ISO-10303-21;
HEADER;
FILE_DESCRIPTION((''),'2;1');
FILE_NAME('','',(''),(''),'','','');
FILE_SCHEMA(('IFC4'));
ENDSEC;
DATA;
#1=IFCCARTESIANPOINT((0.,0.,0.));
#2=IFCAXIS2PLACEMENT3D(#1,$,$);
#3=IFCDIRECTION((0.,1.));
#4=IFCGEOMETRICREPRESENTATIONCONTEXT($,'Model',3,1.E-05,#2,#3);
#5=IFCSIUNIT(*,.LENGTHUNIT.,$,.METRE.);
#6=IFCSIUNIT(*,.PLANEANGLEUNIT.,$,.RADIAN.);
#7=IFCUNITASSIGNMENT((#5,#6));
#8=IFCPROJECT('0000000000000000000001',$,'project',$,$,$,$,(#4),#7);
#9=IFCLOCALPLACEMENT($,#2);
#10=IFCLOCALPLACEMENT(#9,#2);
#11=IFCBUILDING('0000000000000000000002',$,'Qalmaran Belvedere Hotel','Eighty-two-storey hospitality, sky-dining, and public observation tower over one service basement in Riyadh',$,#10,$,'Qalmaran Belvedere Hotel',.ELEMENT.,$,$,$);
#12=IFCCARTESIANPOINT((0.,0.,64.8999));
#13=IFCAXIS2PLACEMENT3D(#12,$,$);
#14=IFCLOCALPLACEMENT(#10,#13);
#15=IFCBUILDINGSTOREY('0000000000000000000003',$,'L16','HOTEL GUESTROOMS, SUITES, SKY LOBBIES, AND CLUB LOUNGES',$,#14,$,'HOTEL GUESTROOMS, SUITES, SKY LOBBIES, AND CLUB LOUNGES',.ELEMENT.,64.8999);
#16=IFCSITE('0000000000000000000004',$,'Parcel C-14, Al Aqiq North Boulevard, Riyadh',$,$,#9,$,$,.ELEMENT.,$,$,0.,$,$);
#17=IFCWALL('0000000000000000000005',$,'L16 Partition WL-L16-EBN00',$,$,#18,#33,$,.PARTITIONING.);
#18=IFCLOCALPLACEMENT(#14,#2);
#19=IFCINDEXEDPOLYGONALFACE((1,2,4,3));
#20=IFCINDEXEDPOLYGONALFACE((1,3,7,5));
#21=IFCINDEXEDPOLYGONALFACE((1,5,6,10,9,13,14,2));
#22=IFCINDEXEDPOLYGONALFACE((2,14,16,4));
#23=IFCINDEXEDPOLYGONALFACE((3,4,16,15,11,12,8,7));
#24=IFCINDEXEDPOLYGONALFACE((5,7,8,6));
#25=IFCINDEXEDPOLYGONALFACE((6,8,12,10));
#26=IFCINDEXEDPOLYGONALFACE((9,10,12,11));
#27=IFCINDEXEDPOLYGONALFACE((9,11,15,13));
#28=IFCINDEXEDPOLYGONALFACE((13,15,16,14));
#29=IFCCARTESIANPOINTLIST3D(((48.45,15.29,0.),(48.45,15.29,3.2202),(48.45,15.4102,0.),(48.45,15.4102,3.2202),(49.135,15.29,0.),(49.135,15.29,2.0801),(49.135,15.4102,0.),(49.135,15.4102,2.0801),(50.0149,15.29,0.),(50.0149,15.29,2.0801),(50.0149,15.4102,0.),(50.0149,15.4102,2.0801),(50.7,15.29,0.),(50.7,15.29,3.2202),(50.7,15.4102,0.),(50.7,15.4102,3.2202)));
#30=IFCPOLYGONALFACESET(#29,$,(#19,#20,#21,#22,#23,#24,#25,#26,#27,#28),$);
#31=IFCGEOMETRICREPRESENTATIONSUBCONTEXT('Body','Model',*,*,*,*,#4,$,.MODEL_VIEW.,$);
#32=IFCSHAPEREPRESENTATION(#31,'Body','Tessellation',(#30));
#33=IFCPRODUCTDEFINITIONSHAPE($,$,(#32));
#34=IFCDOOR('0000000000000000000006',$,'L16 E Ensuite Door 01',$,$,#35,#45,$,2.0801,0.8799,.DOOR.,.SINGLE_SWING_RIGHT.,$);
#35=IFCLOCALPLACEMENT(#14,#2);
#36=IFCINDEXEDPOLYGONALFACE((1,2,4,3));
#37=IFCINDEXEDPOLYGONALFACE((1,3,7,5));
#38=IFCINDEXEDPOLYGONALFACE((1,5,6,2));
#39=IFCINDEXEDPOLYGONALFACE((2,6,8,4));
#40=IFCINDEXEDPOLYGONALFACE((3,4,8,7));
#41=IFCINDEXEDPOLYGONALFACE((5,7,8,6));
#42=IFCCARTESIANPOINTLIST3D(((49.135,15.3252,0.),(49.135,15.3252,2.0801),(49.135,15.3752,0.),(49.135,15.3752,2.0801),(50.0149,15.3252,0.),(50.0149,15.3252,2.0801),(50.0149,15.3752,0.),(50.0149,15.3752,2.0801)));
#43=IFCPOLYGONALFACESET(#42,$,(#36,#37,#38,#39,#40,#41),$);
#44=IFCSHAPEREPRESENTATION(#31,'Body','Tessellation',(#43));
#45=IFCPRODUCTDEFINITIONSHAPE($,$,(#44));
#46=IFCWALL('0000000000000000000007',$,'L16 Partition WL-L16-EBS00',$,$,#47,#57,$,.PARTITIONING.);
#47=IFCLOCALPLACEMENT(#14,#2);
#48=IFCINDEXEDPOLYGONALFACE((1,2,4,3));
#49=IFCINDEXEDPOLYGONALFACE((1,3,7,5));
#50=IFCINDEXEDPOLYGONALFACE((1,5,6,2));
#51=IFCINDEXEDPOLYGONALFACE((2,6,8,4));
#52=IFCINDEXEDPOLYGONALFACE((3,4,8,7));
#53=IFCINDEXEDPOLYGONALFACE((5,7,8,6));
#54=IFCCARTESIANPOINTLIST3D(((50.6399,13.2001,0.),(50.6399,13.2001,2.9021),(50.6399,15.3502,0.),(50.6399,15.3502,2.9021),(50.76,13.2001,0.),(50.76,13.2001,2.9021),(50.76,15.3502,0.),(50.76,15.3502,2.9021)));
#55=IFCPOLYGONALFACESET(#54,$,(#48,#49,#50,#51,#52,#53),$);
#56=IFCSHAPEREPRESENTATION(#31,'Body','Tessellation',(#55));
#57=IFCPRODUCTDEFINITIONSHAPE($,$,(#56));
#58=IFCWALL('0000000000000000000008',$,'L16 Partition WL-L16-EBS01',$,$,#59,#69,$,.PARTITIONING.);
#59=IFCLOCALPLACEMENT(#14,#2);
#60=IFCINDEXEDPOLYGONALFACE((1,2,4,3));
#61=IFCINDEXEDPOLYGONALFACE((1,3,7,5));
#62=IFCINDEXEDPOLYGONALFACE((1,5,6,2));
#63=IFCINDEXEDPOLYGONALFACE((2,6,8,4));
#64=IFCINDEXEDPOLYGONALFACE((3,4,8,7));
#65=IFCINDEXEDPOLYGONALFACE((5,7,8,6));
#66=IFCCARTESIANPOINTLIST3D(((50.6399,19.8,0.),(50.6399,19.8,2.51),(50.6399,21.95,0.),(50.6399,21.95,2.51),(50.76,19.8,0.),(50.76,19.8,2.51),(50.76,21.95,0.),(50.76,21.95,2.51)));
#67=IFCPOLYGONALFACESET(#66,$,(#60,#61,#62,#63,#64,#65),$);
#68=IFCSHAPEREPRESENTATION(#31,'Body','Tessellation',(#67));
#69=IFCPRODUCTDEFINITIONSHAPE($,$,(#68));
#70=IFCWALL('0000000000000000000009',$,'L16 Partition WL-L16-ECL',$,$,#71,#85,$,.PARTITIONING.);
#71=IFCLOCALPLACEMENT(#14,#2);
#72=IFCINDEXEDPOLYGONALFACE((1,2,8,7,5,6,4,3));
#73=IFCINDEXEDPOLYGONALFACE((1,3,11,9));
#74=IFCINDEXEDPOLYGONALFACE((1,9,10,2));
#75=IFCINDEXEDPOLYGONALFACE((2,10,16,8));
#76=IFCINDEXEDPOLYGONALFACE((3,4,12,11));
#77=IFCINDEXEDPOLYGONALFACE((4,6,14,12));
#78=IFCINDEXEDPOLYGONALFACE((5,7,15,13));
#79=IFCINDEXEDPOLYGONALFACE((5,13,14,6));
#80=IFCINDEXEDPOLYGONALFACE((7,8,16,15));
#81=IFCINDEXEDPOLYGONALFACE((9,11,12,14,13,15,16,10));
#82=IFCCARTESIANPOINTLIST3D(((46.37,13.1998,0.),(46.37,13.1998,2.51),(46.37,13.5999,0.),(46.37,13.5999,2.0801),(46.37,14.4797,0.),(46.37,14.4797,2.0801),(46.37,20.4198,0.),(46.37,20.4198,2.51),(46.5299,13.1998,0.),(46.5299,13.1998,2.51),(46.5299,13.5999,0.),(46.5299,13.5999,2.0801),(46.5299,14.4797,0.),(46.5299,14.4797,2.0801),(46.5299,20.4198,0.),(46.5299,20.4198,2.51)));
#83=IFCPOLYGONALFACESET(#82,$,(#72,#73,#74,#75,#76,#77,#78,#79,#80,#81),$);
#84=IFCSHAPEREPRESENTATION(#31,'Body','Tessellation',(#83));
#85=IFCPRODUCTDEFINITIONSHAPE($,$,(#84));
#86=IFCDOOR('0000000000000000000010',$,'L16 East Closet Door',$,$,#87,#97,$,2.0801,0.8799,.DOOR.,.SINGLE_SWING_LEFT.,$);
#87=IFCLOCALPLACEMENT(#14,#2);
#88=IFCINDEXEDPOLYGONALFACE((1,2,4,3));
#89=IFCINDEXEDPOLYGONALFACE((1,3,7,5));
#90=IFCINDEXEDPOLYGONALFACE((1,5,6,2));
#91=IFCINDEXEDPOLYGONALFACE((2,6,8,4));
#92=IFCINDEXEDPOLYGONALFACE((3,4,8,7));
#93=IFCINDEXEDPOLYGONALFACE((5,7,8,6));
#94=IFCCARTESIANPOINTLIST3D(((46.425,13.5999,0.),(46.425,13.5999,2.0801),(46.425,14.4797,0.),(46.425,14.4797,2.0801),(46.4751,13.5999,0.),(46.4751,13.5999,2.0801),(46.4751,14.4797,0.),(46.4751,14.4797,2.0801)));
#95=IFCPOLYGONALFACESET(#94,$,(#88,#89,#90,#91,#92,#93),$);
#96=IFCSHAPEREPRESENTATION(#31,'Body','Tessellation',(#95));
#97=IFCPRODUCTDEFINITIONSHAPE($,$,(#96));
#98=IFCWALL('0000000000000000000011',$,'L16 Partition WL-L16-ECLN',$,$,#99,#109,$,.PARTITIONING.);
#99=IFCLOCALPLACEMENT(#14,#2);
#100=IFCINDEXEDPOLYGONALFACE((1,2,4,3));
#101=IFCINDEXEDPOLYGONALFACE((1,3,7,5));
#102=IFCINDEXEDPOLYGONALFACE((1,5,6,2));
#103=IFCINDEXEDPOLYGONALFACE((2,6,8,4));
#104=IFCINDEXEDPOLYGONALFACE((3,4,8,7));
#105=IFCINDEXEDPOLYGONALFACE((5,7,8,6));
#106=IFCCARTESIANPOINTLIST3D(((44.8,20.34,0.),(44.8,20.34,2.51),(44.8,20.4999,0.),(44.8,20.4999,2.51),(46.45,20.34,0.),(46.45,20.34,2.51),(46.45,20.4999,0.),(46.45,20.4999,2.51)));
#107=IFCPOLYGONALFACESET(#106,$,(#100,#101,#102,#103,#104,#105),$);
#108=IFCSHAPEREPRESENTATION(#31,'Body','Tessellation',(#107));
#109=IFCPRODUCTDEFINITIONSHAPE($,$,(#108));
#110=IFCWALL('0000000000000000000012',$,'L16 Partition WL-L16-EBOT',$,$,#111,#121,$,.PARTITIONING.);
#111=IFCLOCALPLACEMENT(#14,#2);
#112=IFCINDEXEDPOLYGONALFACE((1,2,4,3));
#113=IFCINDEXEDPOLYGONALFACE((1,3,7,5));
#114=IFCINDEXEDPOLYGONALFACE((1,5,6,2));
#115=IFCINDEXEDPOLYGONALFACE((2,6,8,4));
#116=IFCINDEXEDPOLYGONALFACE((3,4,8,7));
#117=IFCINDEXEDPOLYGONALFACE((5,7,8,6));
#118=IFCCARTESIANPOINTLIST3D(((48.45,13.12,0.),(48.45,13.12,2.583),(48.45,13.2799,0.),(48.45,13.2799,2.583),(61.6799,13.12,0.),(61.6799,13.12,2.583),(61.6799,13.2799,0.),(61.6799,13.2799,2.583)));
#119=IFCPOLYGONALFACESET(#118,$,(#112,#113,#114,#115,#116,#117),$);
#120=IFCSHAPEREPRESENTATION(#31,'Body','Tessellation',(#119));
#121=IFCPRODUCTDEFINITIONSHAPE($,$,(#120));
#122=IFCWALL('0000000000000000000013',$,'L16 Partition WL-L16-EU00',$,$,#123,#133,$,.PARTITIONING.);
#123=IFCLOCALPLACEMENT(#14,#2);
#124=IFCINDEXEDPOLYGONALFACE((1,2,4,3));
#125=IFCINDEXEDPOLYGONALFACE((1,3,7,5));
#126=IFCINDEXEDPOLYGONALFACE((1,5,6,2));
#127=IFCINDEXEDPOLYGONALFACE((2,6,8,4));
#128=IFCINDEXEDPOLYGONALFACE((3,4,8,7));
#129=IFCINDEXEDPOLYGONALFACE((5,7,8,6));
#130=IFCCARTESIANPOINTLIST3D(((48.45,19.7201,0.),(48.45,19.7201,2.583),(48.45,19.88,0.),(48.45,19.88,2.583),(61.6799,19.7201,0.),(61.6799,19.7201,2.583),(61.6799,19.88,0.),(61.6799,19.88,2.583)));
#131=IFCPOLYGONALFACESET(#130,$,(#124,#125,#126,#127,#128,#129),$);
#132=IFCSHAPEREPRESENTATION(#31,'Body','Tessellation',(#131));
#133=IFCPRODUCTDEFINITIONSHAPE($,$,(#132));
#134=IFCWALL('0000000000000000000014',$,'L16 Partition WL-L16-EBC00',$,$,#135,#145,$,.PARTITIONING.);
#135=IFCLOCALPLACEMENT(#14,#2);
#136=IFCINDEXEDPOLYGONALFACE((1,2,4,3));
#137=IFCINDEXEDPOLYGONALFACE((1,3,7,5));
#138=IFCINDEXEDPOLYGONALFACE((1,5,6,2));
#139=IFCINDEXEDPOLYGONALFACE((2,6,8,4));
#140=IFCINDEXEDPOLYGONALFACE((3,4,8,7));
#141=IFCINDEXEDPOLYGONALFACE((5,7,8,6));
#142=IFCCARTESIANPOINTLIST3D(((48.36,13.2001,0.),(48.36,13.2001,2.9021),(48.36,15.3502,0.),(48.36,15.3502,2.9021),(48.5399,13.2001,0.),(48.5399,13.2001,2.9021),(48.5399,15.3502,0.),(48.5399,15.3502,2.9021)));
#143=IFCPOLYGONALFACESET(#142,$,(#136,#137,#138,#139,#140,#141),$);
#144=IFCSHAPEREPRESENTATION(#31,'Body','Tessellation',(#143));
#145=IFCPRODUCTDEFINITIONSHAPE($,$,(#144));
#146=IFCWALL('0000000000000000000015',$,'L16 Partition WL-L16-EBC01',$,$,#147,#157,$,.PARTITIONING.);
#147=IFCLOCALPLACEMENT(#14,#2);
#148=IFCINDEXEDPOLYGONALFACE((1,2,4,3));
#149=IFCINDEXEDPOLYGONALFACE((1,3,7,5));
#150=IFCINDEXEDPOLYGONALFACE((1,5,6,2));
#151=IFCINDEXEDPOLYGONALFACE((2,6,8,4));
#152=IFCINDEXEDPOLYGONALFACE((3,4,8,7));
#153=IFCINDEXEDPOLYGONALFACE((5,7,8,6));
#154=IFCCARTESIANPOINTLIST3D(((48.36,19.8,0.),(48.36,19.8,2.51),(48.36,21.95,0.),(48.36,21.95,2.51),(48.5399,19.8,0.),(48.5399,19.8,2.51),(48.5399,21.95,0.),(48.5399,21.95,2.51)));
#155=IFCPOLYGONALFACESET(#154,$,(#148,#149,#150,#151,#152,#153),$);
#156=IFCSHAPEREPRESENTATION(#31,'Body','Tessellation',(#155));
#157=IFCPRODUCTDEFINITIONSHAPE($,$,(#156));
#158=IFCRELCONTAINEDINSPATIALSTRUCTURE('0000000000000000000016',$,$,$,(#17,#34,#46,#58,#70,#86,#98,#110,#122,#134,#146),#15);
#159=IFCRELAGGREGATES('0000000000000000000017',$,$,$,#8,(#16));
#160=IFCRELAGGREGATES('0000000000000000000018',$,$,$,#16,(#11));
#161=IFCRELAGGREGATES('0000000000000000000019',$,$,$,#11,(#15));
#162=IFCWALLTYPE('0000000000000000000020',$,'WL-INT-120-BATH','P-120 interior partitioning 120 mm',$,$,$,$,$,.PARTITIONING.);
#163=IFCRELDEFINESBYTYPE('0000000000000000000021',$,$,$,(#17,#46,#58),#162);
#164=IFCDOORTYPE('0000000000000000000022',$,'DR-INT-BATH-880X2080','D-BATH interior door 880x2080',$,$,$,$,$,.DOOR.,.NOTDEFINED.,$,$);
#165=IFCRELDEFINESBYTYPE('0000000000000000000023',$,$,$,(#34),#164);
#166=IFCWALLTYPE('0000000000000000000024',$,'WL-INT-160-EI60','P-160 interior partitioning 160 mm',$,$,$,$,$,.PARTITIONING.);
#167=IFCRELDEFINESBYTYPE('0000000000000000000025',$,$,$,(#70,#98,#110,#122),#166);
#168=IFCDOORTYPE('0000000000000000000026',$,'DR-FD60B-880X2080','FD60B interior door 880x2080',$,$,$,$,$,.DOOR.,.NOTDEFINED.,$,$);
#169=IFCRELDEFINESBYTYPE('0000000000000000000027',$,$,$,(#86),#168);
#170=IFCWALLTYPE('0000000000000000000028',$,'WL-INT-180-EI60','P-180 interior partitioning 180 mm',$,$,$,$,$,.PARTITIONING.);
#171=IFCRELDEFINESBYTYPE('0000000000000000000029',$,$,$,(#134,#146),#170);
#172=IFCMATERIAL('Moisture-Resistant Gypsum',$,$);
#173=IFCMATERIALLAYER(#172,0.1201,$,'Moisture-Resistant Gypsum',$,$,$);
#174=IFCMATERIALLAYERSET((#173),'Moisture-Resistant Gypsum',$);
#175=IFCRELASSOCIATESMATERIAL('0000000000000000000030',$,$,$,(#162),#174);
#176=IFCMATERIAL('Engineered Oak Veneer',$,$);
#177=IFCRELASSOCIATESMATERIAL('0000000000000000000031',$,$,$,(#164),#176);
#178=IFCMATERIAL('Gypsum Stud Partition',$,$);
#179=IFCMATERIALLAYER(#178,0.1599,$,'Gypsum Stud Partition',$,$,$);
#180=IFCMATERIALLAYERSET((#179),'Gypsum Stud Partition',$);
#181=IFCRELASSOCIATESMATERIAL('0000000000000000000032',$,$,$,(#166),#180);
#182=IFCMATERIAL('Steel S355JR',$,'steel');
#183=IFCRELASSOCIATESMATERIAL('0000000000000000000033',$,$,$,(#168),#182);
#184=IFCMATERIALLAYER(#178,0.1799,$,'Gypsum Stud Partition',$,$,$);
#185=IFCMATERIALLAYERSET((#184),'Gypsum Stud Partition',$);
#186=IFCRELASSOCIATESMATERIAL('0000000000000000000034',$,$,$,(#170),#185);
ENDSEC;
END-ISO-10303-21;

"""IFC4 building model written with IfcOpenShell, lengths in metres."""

from ifc_helpers import new_model, si_unit, direction, frame, frame_2d, origin, place, context, subcontext, project, spatial, rectangle, extrude, material, layer, layer_set, type_object, element, fill, save


model = new_model("IFC4")

# Units and contexts
model_context = context("Model", 3, precision=1e-05, world=origin(), true_north=direction((0.0, 1.0)))
body_context = subcontext(model_context, "Body", "Model", "MODEL_VIEW")
ifc_project = project(units=[si_unit("LENGTHUNIT", "METRE"), si_unit("PLANEANGLEUNIT", "RADIAN")], contexts=[model_context])

# Site, building, storey
site_placement = place(None, origin())
site = spatial("IfcSite", under=ifc_project, at=site_placement, Name="Parcel C-14, Al Aqiq North Boulevard, Riyadh", CompositionType="ELEMENT", RefElevation=0.0)
building_placement = place(site_placement, origin())
building = spatial("IfcBuilding", under=site, at=building_placement, Name="Qalmaran Belvedere Hotel", Description="Eighty-two-storey hospitality, sky-dining, and public observation tower over one service basement in Riyadh", LongName="Qalmaran Belvedere Hotel", CompositionType="ELEMENT")
storey_placement = place(building_placement, frame((0.0, 0.0, 64.8999)))
storey = spatial("IfcBuildingStorey", under=building, at=storey_placement, Name="L16", Description="HOTEL GUESTROOMS, SUITES, SKY LOBBIES, AND CLUB LOUNGES", LongName="HOTEL GUESTROOMS, SUITES, SKY LOBBIES, AND CLUB LOUNGES", CompositionType="ELEMENT", Elevation=64.8999)

# Shared definitions
ifc_material_1 = material(Name="Steel S355JR", Category="steel")

# Wall, opening, door
ifc_material_2 = material(Name="Moisture-Resistant Gypsum")
ifc_layer_1 = layer(ifc_material_2, 0.1201, Name="Moisture-Resistant Gypsum")
ifc_layer_set_1 = layer_set([ifc_layer_1], Name="Moisture-Resistant Gypsum")
wall_type_1 = type_object("IfcWallType", Name="WL-INT-120-BATH", Description="P-120 interior partitioning 120 mm", PredefinedType="PARTITIONING", material=ifc_layer_set_1)
wall_1_placement = place(storey_placement, frame((48.45, 15.3501, 0.0), z_axis=(0.0, 0.0, 1.0), x_axis=(1.0, 0.0, 0.0)))
wall_1 = element("IfcWall", 1, at=wall_1_placement, inside=storey, type_object=wall_type_1, Name="L16 Partition WL-L16-EBN00", PredefinedType="PARTITIONING", context=body_context, shape_type="SweptSolid", body=[
    extrude(rectangle(XDim=2.25, YDim=0.1201, at=frame_2d((1.125, 0.0))), origin(), (0.0, 0.0, 1.0), 3.2202),
])
opening_1_placement = place(wall_1_placement, frame((1.5649, 0.0, 0.0), z_axis=(0.0, 0.0, 1.0), x_axis=(-1.0, 0.0, 0.0)))
opening_1 = element("IfcOpeningElement", 2, at=opening_1_placement, cuts=wall_1, PredefinedType="OPENING", context=body_context, shape_type="SweptSolid", body=[
    extrude(rectangle(XDim=0.8799, YDim=2.0801, at=frame_2d((0.4399, 1.04))), frame((0.0, 0.0701, 0.0), z_axis=(0.0, -1.0, 0.0), x_axis=(1.0, 0.0, 0.0)), (0.0, 0.0, 1.0), 0.1401),
])
ifc_material_3 = material(Name="Engineered Oak Veneer")
door_type_1 = type_object("IfcDoorType", Name="DR-INT-BATH-880X2080", Description="D-BATH interior door 880x2080", OperationType="NOTDEFINED", PredefinedType="DOOR", material=ifc_material_3)
door_1_placement = place(opening_1_placement, origin())
door_1 = element("IfcDoor", 3, at=door_1_placement, inside=storey, type_object=door_type_1, Name="L16 E Ensuite Door 01", OperationType="SINGLE_SWING_RIGHT", OverallHeight=2.0801, OverallWidth=0.8799, PredefinedType="DOOR", context=body_context, shape_type="SweptSolid", body=[
    extrude(rectangle(XDim=0.8799, YDim=2.0801, at=frame_2d((0.4399, 1.04))), frame((0.0, 0.0249, 0.0), z_axis=(0.0, -1.0, 0.0), x_axis=(1.0, 0.0, 0.0)), (0.0, 0.0, 1.0), 0.05),
])
fill(opening_1, door_1)

# Walls
wall_2_placement = place(storey_placement, frame((50.7, 13.2, 0.0), z_axis=(0.0, 0.0, 1.0), x_axis=(0.0, 1.0, 0.0)))
element("IfcWall", 4, at=wall_2_placement, inside=storey, type_object=wall_type_1, Name="L16 Partition WL-L16-EBS00", PredefinedType="PARTITIONING", context=body_context, shape_type="SweptSolid", body=[
    extrude(rectangle(XDim=2.1501, YDim=0.1201, at=frame_2d((1.0752, 0.0))), origin(), (0.0, 0.0, 1.0), 2.9021),
])
wall_3_placement = place(storey_placement, frame((50.7, 19.8, 0.0), z_axis=(0.0, 0.0, 1.0), x_axis=(0.0, 1.0, 0.0)))
element("IfcWall", 5, at=wall_3_placement, inside=storey, type_object=wall_type_1, Name="L16 Partition WL-L16-EBS01", PredefinedType="PARTITIONING", context=body_context, shape_type="SweptSolid", body=[
    extrude(rectangle(XDim=2.1499, YDim=0.1201, at=frame_2d((1.075, 0.0))), origin(), (0.0, 0.0, 1.0), 2.51),
])

# Wall, opening, door
ifc_material_4 = material(Name="Gypsum Stud Partition")
ifc_layer_2 = layer(ifc_material_4, 0.1599, Name="Gypsum Stud Partition")
ifc_layer_set_2 = layer_set([ifc_layer_2], Name="Gypsum Stud Partition")
wall_type_2 = type_object("IfcWallType", Name="WL-INT-160-EI60", Description="P-160 interior partitioning 160 mm", PredefinedType="PARTITIONING", material=ifc_layer_set_2)
wall_4_placement = place(storey_placement, frame((46.45, 13.2, 0.0), z_axis=(0.0, 0.0, 1.0), x_axis=(0.0, 1.0, 0.0)))
wall_4 = element("IfcWall", 6, at=wall_4_placement, inside=storey, type_object=wall_type_2, Name="L16 Partition WL-L16-ECL", PredefinedType="PARTITIONING", context=body_context, shape_type="SweptSolid", body=[
    extrude(rectangle(XDim=7.22, YDim=0.1599, at=frame_2d((3.6099, 0.0))), origin(), (0.0, 0.0, 1.0), 2.51),
])
opening_2_placement = place(wall_4_placement, frame((0.3999, 0.0, 0.0)))
opening_2 = element("IfcOpeningElement", 7, at=opening_2_placement, cuts=wall_4, PredefinedType="OPENING", context=body_context, shape_type="SweptSolid", body=[
    extrude(rectangle(XDim=0.8799, YDim=2.0801, at=frame_2d((0.4399, 1.04))), frame((0.0, 0.0898, 0.0), z_axis=(0.0, -1.0, 0.0), x_axis=(1.0, 0.0, 0.0)), (0.0, 0.0, 1.0), 0.1799),
])
door_type_2 = type_object("IfcDoorType", Name="DR-FD60B-880X2080", Description="FD60B interior door 880x2080", OperationType="NOTDEFINED", PredefinedType="DOOR", material=ifc_material_1)
door_2_placement = place(opening_2_placement, origin())
door_2 = element("IfcDoor", 8, at=door_2_placement, inside=storey, type_object=door_type_2, Name="L16 East Closet Door", OperationType="SINGLE_SWING_LEFT", OverallHeight=2.0801, OverallWidth=0.8799, PredefinedType="DOOR", context=body_context, shape_type="SweptSolid", body=[
    extrude(rectangle(XDim=0.8799, YDim=2.0801, at=frame_2d((0.4399, 1.04))), frame((0.0, 0.0249, 0.0), z_axis=(0.0, -1.0, 0.0), x_axis=(1.0, 0.0, 0.0)), (0.0, 0.0, 1.0), 0.05),
])
fill(opening_2, door_2)

# Walls
wall_5_placement = place(storey_placement, frame((44.8, 20.4199, 0.0), z_axis=(0.0, 0.0, 1.0), x_axis=(1.0, 0.0, 0.0)))
element("IfcWall", 9, at=wall_5_placement, inside=storey, type_object=wall_type_2, Name="L16 Partition WL-L16-ECLN", PredefinedType="PARTITIONING", context=body_context, shape_type="SweptSolid", body=[
    extrude(rectangle(XDim=1.6499, YDim=0.1599, at=frame_2d((0.825, 0.0))), origin(), (0.0, 0.0, 1.0), 2.51),
])
for number, where, z_axis, x_axis, name in (
    (10, (48.45, 13.2, 0.0), (0.0, 0.0, 1.0), (1.0, 0.0, 0.0), "L16 Partition WL-L16-EBOT"),
    (11, (48.45, 19.8, 0.0), (0.0, 0.0, 1.0), (1.0, 0.0, 0.0), "L16 Partition WL-L16-EU00"),
):
    element("IfcWall", number, at=place(storey_placement, frame(where, z_axis=z_axis, x_axis=x_axis)), inside=storey, type_object=wall_type_2, Name=name, PredefinedType="PARTITIONING", context=body_context, shape_type="SweptSolid", body=[
        extrude(rectangle(XDim=13.23, YDim=0.1599, at=frame_2d((6.615, 0.0))), origin(), (0.0, 0.0, 1.0), 2.583),
    ])
ifc_layer_3 = layer(ifc_material_4, 0.1799, Name="Gypsum Stud Partition")
ifc_layer_set_3 = layer_set([ifc_layer_3], Name="Gypsum Stud Partition")
wall_type_3 = type_object("IfcWallType", Name="WL-INT-180-EI60", Description="P-180 interior partitioning 180 mm", PredefinedType="PARTITIONING", material=ifc_layer_set_3)
wall_6_placement = place(storey_placement, frame((48.45, 13.2, 0.0), z_axis=(0.0, 0.0, 1.0), x_axis=(0.0, 1.0, 0.0)))
element("IfcWall", 12, at=wall_6_placement, inside=storey, type_object=wall_type_3, Name="L16 Partition WL-L16-EBC00", PredefinedType="PARTITIONING", context=body_context, shape_type="SweptSolid", body=[
    extrude(rectangle(XDim=2.1501, YDim=0.1799, at=frame_2d((1.0752, 0.0))), origin(), (0.0, 0.0, 1.0), 2.9021),
])

# Wall
wall_7_placement = place(storey_placement, frame((48.45, 19.8, 0.0), z_axis=(0.0, 0.0, 1.0), x_axis=(0.0, 1.0, 0.0)))
element("IfcWall", 13, at=wall_7_placement, inside=storey, type_object=wall_type_3, Name="L16 Partition WL-L16-EBC01", PredefinedType="PARTITIONING", context=body_context, shape_type="SweptSolid", body=[
    extrude(rectangle(XDim=2.1499, YDim=0.1799, at=frame_2d((1.075, 0.0))), origin(), (0.0, 0.0, 1.0), 2.51),
])

save(model, "model.ifc")
